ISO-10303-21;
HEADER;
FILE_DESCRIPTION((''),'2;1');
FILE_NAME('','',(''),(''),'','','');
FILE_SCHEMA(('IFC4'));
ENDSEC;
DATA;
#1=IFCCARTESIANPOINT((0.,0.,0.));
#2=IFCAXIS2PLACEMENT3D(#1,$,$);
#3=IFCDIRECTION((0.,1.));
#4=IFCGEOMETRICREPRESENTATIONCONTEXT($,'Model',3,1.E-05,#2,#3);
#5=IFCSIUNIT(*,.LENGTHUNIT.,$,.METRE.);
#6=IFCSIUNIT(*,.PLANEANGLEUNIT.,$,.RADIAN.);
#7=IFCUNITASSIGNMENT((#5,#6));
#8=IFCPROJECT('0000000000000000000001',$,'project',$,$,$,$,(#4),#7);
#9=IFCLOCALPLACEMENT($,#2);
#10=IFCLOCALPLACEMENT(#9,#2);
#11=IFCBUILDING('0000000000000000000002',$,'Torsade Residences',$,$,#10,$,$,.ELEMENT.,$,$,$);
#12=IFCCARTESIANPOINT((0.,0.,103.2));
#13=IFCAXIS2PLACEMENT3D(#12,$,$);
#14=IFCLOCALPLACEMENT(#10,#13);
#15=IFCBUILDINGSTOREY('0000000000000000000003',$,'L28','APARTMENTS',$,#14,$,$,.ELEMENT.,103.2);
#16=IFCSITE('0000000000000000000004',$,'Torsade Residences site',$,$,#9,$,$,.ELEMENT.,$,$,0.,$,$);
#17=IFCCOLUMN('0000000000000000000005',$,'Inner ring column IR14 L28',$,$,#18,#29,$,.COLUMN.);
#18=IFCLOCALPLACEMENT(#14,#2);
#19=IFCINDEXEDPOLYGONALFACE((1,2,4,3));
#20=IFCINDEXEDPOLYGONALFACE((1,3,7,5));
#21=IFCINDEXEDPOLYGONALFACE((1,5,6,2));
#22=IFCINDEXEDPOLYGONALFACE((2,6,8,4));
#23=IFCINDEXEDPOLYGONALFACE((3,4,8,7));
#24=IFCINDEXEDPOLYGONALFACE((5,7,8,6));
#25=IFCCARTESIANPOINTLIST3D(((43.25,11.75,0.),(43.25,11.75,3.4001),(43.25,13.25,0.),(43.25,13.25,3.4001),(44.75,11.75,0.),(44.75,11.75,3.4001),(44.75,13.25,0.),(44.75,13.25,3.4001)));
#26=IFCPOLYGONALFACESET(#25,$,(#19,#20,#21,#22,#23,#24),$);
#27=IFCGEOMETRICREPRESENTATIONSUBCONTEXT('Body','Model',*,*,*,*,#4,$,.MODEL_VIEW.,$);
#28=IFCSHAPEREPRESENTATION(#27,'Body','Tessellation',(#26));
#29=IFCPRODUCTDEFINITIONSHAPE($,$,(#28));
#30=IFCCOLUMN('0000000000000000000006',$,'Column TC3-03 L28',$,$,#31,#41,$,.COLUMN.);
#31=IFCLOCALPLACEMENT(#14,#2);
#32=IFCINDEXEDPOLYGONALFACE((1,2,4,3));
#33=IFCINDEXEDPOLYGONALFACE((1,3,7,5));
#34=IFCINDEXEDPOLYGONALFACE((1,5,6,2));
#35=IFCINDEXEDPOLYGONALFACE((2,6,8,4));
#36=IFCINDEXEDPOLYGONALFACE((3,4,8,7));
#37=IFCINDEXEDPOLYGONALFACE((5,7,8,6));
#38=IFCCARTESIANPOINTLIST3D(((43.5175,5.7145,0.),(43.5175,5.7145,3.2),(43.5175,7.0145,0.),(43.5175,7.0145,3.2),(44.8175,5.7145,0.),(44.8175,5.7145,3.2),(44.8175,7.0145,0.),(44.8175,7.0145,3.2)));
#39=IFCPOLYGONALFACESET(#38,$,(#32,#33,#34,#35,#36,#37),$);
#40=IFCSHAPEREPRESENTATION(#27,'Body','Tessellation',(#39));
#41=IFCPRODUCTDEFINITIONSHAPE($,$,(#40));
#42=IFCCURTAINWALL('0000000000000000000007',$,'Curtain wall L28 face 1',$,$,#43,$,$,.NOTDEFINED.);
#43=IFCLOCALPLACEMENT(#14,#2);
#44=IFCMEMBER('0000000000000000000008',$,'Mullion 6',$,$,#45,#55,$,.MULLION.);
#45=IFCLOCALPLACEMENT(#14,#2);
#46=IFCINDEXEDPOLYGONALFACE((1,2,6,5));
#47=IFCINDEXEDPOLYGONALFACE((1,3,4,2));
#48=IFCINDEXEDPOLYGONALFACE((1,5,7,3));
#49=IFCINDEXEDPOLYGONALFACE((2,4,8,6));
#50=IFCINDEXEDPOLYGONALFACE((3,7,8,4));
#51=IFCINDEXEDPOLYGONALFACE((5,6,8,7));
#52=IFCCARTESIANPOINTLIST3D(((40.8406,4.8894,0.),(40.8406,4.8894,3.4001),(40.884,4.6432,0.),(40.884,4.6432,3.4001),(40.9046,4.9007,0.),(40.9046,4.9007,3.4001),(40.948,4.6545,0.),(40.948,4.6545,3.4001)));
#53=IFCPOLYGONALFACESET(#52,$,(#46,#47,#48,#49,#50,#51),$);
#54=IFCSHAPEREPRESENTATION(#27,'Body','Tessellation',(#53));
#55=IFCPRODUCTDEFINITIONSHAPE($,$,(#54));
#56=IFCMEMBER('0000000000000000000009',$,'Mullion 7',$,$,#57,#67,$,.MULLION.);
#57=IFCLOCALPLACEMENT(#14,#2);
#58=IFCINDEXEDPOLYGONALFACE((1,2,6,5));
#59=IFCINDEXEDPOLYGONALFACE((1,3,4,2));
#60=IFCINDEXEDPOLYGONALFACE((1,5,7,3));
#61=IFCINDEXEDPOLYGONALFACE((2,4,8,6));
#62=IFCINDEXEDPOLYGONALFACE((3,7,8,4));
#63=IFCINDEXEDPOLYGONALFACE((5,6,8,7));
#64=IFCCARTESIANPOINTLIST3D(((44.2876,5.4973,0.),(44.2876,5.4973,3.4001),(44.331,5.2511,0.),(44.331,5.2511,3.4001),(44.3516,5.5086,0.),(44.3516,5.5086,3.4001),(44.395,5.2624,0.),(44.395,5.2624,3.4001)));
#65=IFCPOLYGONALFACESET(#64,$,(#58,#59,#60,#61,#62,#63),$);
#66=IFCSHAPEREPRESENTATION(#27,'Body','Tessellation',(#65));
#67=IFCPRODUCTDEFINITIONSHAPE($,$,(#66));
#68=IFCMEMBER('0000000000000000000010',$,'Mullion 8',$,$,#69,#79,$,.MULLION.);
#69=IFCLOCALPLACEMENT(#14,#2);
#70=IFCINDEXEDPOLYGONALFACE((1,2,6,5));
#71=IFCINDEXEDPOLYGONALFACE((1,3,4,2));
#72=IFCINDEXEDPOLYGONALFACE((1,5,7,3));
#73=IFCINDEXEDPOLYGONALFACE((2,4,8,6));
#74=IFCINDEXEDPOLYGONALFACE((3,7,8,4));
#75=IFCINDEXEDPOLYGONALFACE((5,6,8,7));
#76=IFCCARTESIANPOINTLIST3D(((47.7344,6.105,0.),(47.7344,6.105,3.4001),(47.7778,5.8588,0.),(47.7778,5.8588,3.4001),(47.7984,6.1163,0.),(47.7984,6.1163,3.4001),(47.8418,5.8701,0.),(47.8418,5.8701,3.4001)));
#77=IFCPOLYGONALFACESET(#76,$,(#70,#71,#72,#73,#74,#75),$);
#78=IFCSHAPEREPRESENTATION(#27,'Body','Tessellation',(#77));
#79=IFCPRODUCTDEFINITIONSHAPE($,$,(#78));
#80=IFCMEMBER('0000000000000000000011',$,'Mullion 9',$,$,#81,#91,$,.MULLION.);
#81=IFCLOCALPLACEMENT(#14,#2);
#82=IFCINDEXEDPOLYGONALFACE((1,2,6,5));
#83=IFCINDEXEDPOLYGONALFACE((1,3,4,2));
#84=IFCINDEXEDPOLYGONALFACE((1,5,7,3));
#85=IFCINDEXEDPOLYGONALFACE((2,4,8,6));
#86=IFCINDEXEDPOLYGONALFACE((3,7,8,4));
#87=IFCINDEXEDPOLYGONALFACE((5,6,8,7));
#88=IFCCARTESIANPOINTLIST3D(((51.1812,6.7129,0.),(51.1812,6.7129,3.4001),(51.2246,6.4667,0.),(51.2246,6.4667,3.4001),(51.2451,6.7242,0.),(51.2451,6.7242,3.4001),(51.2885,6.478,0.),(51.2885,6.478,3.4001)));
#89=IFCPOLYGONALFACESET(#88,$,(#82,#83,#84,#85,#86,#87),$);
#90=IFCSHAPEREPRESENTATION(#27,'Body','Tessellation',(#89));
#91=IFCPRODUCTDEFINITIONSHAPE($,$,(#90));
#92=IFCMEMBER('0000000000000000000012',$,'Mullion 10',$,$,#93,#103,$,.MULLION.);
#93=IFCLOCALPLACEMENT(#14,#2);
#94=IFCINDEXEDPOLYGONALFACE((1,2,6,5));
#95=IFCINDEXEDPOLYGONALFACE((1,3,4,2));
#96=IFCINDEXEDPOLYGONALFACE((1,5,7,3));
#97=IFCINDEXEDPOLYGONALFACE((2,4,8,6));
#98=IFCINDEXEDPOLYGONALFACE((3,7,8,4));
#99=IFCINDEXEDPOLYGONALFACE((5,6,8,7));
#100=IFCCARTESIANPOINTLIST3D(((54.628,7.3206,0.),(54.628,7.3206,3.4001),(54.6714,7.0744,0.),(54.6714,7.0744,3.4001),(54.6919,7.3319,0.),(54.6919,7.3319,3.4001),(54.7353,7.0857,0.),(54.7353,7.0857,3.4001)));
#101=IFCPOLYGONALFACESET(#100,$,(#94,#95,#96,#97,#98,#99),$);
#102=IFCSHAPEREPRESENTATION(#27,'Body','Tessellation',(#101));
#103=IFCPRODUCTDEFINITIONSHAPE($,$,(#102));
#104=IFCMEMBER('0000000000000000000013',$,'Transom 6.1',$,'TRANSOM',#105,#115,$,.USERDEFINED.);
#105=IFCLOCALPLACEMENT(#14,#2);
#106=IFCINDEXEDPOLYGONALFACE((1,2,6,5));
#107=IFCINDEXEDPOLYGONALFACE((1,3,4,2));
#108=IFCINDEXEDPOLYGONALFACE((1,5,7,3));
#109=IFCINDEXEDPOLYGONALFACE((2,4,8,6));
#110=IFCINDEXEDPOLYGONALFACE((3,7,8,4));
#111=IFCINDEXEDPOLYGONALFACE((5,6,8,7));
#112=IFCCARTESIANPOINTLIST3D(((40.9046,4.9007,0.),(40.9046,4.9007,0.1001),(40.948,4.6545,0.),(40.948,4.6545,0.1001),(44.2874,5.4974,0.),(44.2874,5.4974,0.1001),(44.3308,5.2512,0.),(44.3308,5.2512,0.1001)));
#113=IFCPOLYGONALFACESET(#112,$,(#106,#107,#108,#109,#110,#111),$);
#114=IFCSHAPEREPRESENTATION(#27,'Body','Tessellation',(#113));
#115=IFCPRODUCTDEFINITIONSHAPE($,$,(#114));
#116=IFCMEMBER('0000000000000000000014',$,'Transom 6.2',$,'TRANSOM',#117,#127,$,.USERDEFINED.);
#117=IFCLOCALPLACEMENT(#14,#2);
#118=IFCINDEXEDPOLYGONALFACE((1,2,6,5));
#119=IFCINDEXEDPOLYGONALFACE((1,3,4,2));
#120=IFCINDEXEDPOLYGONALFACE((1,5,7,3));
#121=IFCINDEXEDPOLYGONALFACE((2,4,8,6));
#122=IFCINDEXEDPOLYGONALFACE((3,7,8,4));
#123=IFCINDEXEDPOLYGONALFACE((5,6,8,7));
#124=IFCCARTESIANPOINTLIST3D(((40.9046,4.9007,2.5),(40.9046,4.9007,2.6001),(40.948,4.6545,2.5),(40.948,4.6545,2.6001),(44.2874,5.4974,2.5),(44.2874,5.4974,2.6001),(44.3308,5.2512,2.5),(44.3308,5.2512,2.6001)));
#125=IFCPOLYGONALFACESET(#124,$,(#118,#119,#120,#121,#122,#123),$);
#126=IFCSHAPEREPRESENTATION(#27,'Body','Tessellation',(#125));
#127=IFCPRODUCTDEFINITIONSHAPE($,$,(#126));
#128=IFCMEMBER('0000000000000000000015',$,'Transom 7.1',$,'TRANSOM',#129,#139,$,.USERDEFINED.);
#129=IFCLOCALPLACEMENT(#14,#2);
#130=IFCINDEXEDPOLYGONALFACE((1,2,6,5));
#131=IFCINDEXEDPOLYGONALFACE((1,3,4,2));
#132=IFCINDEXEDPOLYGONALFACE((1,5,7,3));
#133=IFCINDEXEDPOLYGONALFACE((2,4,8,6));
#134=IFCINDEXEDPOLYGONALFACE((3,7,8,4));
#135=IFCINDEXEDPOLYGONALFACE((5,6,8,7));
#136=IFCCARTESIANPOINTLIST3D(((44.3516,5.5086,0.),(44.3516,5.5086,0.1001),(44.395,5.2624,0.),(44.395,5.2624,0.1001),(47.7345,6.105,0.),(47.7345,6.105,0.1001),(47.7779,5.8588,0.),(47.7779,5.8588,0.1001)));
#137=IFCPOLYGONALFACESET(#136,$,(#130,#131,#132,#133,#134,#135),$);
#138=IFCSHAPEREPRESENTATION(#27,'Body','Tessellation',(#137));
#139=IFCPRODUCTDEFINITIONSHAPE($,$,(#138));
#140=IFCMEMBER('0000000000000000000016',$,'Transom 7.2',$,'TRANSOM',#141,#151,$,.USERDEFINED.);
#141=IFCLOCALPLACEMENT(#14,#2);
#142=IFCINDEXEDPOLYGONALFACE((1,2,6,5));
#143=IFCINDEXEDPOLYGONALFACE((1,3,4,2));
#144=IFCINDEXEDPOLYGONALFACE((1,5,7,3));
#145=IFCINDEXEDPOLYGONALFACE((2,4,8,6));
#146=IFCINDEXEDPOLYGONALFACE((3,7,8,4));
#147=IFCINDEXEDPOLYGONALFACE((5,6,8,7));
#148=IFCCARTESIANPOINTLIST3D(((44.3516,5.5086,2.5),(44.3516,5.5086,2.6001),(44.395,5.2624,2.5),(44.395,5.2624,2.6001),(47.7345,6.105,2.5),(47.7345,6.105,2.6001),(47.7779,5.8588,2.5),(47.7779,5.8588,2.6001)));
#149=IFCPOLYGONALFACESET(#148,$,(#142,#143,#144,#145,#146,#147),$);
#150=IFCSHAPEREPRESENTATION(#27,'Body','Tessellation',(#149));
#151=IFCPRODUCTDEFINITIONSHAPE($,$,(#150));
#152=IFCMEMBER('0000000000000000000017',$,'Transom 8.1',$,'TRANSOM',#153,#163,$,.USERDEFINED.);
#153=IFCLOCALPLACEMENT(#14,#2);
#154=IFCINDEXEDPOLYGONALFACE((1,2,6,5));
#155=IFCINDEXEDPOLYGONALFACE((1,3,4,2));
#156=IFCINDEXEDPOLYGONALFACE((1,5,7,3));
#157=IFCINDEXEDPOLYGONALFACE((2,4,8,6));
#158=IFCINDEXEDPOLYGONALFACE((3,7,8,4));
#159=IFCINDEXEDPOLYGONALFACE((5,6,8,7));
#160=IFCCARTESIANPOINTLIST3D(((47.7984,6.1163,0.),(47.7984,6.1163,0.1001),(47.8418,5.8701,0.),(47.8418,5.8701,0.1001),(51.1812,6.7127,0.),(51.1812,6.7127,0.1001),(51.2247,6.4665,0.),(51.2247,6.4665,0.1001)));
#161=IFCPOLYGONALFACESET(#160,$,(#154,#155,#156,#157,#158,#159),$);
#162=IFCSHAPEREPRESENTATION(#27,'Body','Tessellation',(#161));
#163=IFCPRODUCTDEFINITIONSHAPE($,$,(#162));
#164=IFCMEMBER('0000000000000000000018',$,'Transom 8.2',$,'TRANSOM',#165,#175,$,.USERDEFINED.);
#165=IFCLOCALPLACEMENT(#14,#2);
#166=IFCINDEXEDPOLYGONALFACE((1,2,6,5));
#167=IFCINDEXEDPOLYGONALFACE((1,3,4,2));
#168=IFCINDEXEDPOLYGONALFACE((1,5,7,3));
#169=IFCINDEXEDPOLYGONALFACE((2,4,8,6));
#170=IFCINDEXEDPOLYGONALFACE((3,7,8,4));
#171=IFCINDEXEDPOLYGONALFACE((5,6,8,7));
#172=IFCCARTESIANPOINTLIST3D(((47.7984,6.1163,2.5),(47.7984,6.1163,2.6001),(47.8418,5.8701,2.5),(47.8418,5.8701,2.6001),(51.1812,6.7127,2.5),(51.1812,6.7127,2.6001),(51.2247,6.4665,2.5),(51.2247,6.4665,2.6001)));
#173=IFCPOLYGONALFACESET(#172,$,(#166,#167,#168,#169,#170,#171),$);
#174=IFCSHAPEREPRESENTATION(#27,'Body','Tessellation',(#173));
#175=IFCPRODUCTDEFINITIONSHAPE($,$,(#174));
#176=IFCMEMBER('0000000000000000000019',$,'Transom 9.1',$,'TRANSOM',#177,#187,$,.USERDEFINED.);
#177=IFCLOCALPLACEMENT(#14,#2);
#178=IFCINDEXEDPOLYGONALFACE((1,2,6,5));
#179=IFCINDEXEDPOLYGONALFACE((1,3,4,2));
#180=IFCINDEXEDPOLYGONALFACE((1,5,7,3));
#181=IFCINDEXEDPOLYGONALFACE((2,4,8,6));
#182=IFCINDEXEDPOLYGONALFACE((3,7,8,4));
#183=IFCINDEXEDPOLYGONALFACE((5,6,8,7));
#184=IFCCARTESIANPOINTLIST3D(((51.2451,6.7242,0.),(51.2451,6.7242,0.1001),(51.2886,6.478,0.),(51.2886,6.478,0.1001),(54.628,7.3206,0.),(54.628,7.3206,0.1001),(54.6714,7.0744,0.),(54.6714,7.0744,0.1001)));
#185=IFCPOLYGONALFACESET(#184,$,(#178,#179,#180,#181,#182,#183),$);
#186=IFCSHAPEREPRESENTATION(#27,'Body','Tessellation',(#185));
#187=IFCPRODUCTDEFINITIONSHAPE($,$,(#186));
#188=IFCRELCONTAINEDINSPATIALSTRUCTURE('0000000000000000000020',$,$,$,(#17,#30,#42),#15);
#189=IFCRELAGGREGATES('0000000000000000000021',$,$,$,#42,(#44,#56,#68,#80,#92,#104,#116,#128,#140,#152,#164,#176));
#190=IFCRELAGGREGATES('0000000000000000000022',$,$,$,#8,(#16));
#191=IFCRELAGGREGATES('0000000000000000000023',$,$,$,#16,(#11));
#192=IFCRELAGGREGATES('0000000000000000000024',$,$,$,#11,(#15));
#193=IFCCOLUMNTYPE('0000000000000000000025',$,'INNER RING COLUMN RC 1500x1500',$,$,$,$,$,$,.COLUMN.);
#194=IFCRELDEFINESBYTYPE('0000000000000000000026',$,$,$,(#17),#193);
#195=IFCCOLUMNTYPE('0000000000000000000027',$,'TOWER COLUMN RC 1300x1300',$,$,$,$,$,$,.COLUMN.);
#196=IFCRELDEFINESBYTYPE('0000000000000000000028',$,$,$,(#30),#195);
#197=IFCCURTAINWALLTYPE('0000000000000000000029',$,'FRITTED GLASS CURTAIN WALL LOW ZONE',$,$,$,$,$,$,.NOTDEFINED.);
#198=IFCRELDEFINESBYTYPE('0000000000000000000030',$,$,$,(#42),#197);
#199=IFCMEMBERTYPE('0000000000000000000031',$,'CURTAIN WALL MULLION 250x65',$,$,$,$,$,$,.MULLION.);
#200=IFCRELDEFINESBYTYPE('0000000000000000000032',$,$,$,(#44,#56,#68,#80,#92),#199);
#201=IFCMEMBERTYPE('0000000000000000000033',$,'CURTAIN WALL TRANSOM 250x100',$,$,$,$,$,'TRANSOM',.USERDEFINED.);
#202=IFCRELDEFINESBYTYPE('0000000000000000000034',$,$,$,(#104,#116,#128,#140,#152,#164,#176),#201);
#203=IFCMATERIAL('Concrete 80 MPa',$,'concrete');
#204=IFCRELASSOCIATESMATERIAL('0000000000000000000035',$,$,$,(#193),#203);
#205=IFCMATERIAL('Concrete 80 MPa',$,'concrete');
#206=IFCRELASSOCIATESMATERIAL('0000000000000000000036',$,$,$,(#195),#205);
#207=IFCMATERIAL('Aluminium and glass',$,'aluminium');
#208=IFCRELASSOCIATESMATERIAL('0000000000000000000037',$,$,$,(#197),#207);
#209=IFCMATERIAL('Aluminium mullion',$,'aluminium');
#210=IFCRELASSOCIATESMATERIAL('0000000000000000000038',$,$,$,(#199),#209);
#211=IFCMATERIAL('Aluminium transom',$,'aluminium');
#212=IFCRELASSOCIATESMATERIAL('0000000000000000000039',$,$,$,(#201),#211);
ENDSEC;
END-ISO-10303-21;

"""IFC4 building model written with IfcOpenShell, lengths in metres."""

from ifc_helpers import new_model, si_unit, direction, frame, origin, origin_2d, place, context, subcontext, project, spatial, rectangle, extrude, material, material_profile, profile_set, type_object, element, aggregate, save


model = new_model("IFC4")

# Units and contexts
model_context = context("Model", 3, precision=1e-05, world=origin(), true_north=direction((0.0, 1.0)))
body_context = subcontext(model_context, "Body", "Model", "MODEL_VIEW")
ifc_project = project(units=[si_unit("LENGTHUNIT", "METRE"), si_unit("PLANEANGLEUNIT", "RADIAN")], contexts=[model_context])

# Site, building, storey
site_placement = place(None, origin())
site = spatial("IfcSite", under=ifc_project, at=site_placement, Name="Torsade Residences site", CompositionType="ELEMENT", RefElevation=0.0)
building_placement = place(site_placement, origin())
building = spatial("IfcBuilding", under=site, at=building_placement, Name="Torsade Residences", CompositionType="ELEMENT")
storey_placement = place(building_placement, frame((0.0, 0.0, 103.2)))
storey = spatial("IfcBuildingStorey", under=building, at=storey_placement, Name="L28", Description="APARTMENTS", CompositionType="ELEMENT", Elevation=103.2)

# Columns
ifc_material_1 = material(Name="Concrete 80 MPa", Category="concrete")
ifc_material_profile_1 = material_profile(ifc_material_1, rectangle(XDim=1.5, YDim=1.5, at=origin_2d()), Name="RC 1500x1500")
ifc_profile_set_1 = profile_set([ifc_material_profile_1], Name="Concrete 80 MPa")
column_type_1 = type_object("IfcColumnType", Name="INNER RING COLUMN RC 1500x1500", PredefinedType="COLUMN", material=ifc_profile_set_1)
column_1_placement = place(storey_placement, frame((44.0, 12.5, 0.0), z_axis=(0.0, 0.0, 1.0), x_axis=(1.0, 0.0, 0.0)))
element("IfcColumn", 1, at=column_1_placement, inside=storey, type_object=column_type_1, Name="Inner ring column IR14 L28", PredefinedType="COLUMN", context=body_context, shape_type="SweptSolid", body=[
    extrude(rectangle(XDim=1.5, YDim=1.5, at=origin_2d()), origin(), (0.0, 0.0, 1.0), 3.4001),
])
ifc_material_2 = material(Name="Concrete 80 MPa", Category="concrete")
ifc_material_profile_2 = material_profile(ifc_material_2, rectangle(XDim=1.3, YDim=1.3, at=origin_2d()), Name="RC 1300x1300")
ifc_profile_set_2 = profile_set([ifc_material_profile_2], Name="Concrete 80 MPa")
column_type_2 = type_object("IfcColumnType", Name="TOWER COLUMN RC 1300x1300", PredefinedType="COLUMN", material=ifc_profile_set_2)
column_2_placement = place(storey_placement, frame((44.1675, 6.3645, 0.0), z_axis=(0.0, 0.0, 1.0), x_axis=(1.0, 0.0, 0.0)))
element("IfcColumn", 2, at=column_2_placement, inside=storey, type_object=column_type_2, Name="Column TC3-03 L28", PredefinedType="COLUMN", context=body_context, shape_type="SweptSolid", body=[
    extrude(rectangle(XDim=1.3, YDim=1.3, at=origin_2d()), origin(), (0.0, 0.0, 1.0), 3.2),
])

# Curtain wall, members
ifc_material_3 = material(Name="Aluminium and glass", Category="aluminium")
curtain_wall_type = type_object("IfcCurtainWallType", Name="FRITTED GLASS CURTAIN WALL LOW ZONE", PredefinedType="NOTDEFINED", material=ifc_material_3)
curtain_wall_placement = place(storey_placement, origin())
curtain_wall = element("IfcCurtainWall", 3, at=curtain_wall_placement, inside=storey, type_object=curtain_wall_type, Name="Curtain wall L28 face 1", PredefinedType="NOTDEFINED")
ifc_material_4 = material(Name="Aluminium mullion", Category="aluminium")
ifc_material_profile_3 = material_profile(ifc_material_4, rectangle(XDim=0.25, YDim=0.0649, at=origin_2d()), Name="CURTAIN WALL MULLION 250x65")
ifc_profile_set_3 = profile_set([ifc_material_profile_3], Name="Aluminium mullion")
member_type_1 = type_object("IfcMemberType", Name="CURTAIN WALL MULLION 250x65", PredefinedType="MULLION", material=ifc_profile_set_3)
member_1_placement = place(storey_placement, frame((40.8943, 4.772, 0.0), z_axis=(0.0, 0.0, 1.0), x_axis=(-0.173648, 0.984808, 0.0)))
member_1 = element("IfcMember", 4, at=member_1_placement, type_object=member_type_1, Name="Mullion 6", PredefinedType="MULLION", context=body_context, shape_type="SweptSolid", body=[
    extrude(rectangle(XDim=0.25, YDim=0.0649, at=origin_2d()), origin(), (0.0, 0.0, 1.0), 3.4001),
])
member_2_placement = place(storey_placement, frame((44.3413, 5.3799, 0.0), z_axis=(0.0, 0.0, 1.0), x_axis=(-0.173648, 0.984808, 0.0)))
member_2 = element("IfcMember", 5, at=member_2_placement, type_object=member_type_1, Name="Mullion 7", PredefinedType="MULLION", context=body_context, shape_type="SweptSolid", body=[
    extrude(rectangle(XDim=0.25, YDim=0.0649, at=origin_2d()), origin(), (0.0, 0.0, 1.0), 3.4001),
])
member_3_placement = place(storey_placement, frame((47.7881, 5.9875, 0.0), z_axis=(0.0, 0.0, 1.0), x_axis=(-0.173648, 0.984808, 0.0)))
member_3 = element("IfcMember", 6, at=member_3_placement, type_object=member_type_1, Name="Mullion 8", PredefinedType="MULLION", context=body_context, shape_type="SweptSolid", body=[
    extrude(rectangle(XDim=0.25, YDim=0.0649, at=origin_2d()), origin(), (0.0, 0.0, 1.0), 3.4001),
])
member_4_placement = place(storey_placement, frame((51.2349, 6.5955, 0.0), z_axis=(0.0, 0.0, 1.0), x_axis=(-0.173648, 0.984808, 0.0)))
member_4 = element("IfcMember", 7, at=member_4_placement, type_object=member_type_1, Name="Mullion 9", PredefinedType="MULLION", context=body_context, shape_type="SweptSolid", body=[
    extrude(rectangle(XDim=0.25, YDim=0.0649, at=origin_2d()), origin(), (0.0, 0.0, 1.0), 3.4001),
])
member_5_placement = place(storey_placement, frame((54.6816, 7.2031, 0.0), z_axis=(0.0, 0.0, 1.0), x_axis=(-0.173648, 0.984808, 0.0)))
member_5 = element("IfcMember", 8, at=member_5_placement, type_object=member_type_1, Name="Mullion 10", PredefinedType="MULLION", context=body_context, shape_type="SweptSolid", body=[
    extrude(rectangle(XDim=0.25, YDim=0.0649, at=origin_2d()), origin(), (0.0, 0.0, 1.0), 3.4001),
])
ifc_material_5 = material(Name="Aluminium transom", Category="aluminium")
ifc_material_profile_4 = material_profile(ifc_material_5, rectangle(XDim=0.25, YDim=0.1001, at=origin_2d()), Name="CURTAIN WALL TRANSOM 250x100")
ifc_profile_set_4 = profile_set([ifc_material_profile_4], Name="Aluminium transom")
member_type_2 = type_object("IfcMemberType", Name="CURTAIN WALL TRANSOM 250x100", ElementType="TRANSOM", PredefinedType="USERDEFINED", material=ifc_profile_set_4)
member_6_placement = place(storey_placement, frame((40.9263, 4.7776, 0.05), z_axis=(0.984798, 0.173704, 0.0), x_axis=(-0.173704, 0.984798, 0.0)))
member_6 = element("IfcMember", 9, at=member_6_placement, type_object=member_type_2, Name="Transom 6.1", ObjectType="TRANSOM", PredefinedType="USERDEFINED", context=body_context, shape_type="SweptSolid", body=[
    extrude(rectangle(XDim=0.25, YDim=0.1001, at=origin_2d()), origin(), (0.0, 0.0, 1.0), 3.4351),
])
member_7_placement = place(storey_placement, frame((40.9263, 4.7776, 2.55), z_axis=(0.984798, 0.173704, 0.0), x_axis=(-0.173704, 0.984798, 0.0)))
member_7 = element("IfcMember", 10, at=member_7_placement, type_object=member_type_2, Name="Transom 6.2", ObjectType="TRANSOM", PredefinedType="USERDEFINED", context=body_context, shape_type="SweptSolid", body=[
    extrude(rectangle(XDim=0.25, YDim=0.1001, at=origin_2d()), origin(), (0.0, 0.0, 1.0), 3.4351),
])
member_8_placement = place(storey_placement, frame((44.3733, 5.3855, 0.05), z_axis=(0.98481, 0.173635, 0.0), x_axis=(-0.173635, 0.98481, 0.0)))
member_8 = element("IfcMember", 11, at=member_8_placement, type_object=member_type_2, Name="Transom 7.1", ObjectType="TRANSOM", PredefinedType="USERDEFINED", context=body_context, shape_type="SweptSolid", body=[
    extrude(rectangle(XDim=0.25, YDim=0.1001, at=origin_2d()), origin(), (0.0, 0.0, 1.0), 3.4351),
])
member_9_placement = place(storey_placement, frame((44.3733, 5.3855, 2.55), z_axis=(0.98481, 0.173635, 0.0), x_axis=(-0.173635, 0.98481, 0.0)))
member_9 = element("IfcMember", 12, at=member_9_placement, type_object=member_type_2, Name="Transom 7.2", ObjectType="TRANSOM", PredefinedType="USERDEFINED", context=body_context, shape_type="SweptSolid", body=[
    extrude(rectangle(XDim=0.25, YDim=0.1001, at=origin_2d()), origin(), (0.0, 0.0, 1.0), 3.4351),
])
member_10_placement = place(storey_placement, frame((47.8201, 5.9932, 0.05), z_axis=(0.98481, 0.173635, 0.0), x_axis=(-0.173635, 0.98481, 0.0)))
member_10 = element("IfcMember", 13, at=member_10_placement, type_object=member_type_2, Name="Transom 8.1", ObjectType="TRANSOM", PredefinedType="USERDEFINED", context=body_context, shape_type="SweptSolid", body=[
    extrude(rectangle(XDim=0.25, YDim=0.1001, at=origin_2d()), origin(), (0.0, 0.0, 1.0), 3.4351),
])
member_11_placement = place(storey_placement, frame((47.8201, 5.9932, 2.55), z_axis=(0.98481, 0.173635, 0.0), x_axis=(-0.173635, 0.98481, 0.0)))
member_11 = element("IfcMember", 14, at=member_11_placement, type_object=member_type_2, Name="Transom 8.2", ObjectType="TRANSOM", PredefinedType="USERDEFINED", context=body_context, shape_type="SweptSolid", body=[
    extrude(rectangle(XDim=0.25, YDim=0.1001, at=origin_2d()), origin(), (0.0, 0.0, 1.0), 3.4351),
])
member_12_placement = place(storey_placement, frame((51.2668, 6.6011, 0.05), z_axis=(0.98481, 0.173635, 0.0), x_axis=(-0.173635, 0.98481, 0.0)))
member_12 = element("IfcMember", 15, at=member_12_placement, type_object=member_type_2, Name="Transom 9.1", ObjectType="TRANSOM", PredefinedType="USERDEFINED", context=body_context, shape_type="SweptSolid", body=[
    extrude(rectangle(XDim=0.25, YDim=0.1001, at=origin_2d()), origin(), (0.0, 0.0, 1.0), 3.4351),
])

aggregate(curtain_wall, [member_1, member_2, member_3, member_4, member_5, member_6, member_7, member_8, member_9, member_10, member_11, member_12])

save(model, "model.ifc")
